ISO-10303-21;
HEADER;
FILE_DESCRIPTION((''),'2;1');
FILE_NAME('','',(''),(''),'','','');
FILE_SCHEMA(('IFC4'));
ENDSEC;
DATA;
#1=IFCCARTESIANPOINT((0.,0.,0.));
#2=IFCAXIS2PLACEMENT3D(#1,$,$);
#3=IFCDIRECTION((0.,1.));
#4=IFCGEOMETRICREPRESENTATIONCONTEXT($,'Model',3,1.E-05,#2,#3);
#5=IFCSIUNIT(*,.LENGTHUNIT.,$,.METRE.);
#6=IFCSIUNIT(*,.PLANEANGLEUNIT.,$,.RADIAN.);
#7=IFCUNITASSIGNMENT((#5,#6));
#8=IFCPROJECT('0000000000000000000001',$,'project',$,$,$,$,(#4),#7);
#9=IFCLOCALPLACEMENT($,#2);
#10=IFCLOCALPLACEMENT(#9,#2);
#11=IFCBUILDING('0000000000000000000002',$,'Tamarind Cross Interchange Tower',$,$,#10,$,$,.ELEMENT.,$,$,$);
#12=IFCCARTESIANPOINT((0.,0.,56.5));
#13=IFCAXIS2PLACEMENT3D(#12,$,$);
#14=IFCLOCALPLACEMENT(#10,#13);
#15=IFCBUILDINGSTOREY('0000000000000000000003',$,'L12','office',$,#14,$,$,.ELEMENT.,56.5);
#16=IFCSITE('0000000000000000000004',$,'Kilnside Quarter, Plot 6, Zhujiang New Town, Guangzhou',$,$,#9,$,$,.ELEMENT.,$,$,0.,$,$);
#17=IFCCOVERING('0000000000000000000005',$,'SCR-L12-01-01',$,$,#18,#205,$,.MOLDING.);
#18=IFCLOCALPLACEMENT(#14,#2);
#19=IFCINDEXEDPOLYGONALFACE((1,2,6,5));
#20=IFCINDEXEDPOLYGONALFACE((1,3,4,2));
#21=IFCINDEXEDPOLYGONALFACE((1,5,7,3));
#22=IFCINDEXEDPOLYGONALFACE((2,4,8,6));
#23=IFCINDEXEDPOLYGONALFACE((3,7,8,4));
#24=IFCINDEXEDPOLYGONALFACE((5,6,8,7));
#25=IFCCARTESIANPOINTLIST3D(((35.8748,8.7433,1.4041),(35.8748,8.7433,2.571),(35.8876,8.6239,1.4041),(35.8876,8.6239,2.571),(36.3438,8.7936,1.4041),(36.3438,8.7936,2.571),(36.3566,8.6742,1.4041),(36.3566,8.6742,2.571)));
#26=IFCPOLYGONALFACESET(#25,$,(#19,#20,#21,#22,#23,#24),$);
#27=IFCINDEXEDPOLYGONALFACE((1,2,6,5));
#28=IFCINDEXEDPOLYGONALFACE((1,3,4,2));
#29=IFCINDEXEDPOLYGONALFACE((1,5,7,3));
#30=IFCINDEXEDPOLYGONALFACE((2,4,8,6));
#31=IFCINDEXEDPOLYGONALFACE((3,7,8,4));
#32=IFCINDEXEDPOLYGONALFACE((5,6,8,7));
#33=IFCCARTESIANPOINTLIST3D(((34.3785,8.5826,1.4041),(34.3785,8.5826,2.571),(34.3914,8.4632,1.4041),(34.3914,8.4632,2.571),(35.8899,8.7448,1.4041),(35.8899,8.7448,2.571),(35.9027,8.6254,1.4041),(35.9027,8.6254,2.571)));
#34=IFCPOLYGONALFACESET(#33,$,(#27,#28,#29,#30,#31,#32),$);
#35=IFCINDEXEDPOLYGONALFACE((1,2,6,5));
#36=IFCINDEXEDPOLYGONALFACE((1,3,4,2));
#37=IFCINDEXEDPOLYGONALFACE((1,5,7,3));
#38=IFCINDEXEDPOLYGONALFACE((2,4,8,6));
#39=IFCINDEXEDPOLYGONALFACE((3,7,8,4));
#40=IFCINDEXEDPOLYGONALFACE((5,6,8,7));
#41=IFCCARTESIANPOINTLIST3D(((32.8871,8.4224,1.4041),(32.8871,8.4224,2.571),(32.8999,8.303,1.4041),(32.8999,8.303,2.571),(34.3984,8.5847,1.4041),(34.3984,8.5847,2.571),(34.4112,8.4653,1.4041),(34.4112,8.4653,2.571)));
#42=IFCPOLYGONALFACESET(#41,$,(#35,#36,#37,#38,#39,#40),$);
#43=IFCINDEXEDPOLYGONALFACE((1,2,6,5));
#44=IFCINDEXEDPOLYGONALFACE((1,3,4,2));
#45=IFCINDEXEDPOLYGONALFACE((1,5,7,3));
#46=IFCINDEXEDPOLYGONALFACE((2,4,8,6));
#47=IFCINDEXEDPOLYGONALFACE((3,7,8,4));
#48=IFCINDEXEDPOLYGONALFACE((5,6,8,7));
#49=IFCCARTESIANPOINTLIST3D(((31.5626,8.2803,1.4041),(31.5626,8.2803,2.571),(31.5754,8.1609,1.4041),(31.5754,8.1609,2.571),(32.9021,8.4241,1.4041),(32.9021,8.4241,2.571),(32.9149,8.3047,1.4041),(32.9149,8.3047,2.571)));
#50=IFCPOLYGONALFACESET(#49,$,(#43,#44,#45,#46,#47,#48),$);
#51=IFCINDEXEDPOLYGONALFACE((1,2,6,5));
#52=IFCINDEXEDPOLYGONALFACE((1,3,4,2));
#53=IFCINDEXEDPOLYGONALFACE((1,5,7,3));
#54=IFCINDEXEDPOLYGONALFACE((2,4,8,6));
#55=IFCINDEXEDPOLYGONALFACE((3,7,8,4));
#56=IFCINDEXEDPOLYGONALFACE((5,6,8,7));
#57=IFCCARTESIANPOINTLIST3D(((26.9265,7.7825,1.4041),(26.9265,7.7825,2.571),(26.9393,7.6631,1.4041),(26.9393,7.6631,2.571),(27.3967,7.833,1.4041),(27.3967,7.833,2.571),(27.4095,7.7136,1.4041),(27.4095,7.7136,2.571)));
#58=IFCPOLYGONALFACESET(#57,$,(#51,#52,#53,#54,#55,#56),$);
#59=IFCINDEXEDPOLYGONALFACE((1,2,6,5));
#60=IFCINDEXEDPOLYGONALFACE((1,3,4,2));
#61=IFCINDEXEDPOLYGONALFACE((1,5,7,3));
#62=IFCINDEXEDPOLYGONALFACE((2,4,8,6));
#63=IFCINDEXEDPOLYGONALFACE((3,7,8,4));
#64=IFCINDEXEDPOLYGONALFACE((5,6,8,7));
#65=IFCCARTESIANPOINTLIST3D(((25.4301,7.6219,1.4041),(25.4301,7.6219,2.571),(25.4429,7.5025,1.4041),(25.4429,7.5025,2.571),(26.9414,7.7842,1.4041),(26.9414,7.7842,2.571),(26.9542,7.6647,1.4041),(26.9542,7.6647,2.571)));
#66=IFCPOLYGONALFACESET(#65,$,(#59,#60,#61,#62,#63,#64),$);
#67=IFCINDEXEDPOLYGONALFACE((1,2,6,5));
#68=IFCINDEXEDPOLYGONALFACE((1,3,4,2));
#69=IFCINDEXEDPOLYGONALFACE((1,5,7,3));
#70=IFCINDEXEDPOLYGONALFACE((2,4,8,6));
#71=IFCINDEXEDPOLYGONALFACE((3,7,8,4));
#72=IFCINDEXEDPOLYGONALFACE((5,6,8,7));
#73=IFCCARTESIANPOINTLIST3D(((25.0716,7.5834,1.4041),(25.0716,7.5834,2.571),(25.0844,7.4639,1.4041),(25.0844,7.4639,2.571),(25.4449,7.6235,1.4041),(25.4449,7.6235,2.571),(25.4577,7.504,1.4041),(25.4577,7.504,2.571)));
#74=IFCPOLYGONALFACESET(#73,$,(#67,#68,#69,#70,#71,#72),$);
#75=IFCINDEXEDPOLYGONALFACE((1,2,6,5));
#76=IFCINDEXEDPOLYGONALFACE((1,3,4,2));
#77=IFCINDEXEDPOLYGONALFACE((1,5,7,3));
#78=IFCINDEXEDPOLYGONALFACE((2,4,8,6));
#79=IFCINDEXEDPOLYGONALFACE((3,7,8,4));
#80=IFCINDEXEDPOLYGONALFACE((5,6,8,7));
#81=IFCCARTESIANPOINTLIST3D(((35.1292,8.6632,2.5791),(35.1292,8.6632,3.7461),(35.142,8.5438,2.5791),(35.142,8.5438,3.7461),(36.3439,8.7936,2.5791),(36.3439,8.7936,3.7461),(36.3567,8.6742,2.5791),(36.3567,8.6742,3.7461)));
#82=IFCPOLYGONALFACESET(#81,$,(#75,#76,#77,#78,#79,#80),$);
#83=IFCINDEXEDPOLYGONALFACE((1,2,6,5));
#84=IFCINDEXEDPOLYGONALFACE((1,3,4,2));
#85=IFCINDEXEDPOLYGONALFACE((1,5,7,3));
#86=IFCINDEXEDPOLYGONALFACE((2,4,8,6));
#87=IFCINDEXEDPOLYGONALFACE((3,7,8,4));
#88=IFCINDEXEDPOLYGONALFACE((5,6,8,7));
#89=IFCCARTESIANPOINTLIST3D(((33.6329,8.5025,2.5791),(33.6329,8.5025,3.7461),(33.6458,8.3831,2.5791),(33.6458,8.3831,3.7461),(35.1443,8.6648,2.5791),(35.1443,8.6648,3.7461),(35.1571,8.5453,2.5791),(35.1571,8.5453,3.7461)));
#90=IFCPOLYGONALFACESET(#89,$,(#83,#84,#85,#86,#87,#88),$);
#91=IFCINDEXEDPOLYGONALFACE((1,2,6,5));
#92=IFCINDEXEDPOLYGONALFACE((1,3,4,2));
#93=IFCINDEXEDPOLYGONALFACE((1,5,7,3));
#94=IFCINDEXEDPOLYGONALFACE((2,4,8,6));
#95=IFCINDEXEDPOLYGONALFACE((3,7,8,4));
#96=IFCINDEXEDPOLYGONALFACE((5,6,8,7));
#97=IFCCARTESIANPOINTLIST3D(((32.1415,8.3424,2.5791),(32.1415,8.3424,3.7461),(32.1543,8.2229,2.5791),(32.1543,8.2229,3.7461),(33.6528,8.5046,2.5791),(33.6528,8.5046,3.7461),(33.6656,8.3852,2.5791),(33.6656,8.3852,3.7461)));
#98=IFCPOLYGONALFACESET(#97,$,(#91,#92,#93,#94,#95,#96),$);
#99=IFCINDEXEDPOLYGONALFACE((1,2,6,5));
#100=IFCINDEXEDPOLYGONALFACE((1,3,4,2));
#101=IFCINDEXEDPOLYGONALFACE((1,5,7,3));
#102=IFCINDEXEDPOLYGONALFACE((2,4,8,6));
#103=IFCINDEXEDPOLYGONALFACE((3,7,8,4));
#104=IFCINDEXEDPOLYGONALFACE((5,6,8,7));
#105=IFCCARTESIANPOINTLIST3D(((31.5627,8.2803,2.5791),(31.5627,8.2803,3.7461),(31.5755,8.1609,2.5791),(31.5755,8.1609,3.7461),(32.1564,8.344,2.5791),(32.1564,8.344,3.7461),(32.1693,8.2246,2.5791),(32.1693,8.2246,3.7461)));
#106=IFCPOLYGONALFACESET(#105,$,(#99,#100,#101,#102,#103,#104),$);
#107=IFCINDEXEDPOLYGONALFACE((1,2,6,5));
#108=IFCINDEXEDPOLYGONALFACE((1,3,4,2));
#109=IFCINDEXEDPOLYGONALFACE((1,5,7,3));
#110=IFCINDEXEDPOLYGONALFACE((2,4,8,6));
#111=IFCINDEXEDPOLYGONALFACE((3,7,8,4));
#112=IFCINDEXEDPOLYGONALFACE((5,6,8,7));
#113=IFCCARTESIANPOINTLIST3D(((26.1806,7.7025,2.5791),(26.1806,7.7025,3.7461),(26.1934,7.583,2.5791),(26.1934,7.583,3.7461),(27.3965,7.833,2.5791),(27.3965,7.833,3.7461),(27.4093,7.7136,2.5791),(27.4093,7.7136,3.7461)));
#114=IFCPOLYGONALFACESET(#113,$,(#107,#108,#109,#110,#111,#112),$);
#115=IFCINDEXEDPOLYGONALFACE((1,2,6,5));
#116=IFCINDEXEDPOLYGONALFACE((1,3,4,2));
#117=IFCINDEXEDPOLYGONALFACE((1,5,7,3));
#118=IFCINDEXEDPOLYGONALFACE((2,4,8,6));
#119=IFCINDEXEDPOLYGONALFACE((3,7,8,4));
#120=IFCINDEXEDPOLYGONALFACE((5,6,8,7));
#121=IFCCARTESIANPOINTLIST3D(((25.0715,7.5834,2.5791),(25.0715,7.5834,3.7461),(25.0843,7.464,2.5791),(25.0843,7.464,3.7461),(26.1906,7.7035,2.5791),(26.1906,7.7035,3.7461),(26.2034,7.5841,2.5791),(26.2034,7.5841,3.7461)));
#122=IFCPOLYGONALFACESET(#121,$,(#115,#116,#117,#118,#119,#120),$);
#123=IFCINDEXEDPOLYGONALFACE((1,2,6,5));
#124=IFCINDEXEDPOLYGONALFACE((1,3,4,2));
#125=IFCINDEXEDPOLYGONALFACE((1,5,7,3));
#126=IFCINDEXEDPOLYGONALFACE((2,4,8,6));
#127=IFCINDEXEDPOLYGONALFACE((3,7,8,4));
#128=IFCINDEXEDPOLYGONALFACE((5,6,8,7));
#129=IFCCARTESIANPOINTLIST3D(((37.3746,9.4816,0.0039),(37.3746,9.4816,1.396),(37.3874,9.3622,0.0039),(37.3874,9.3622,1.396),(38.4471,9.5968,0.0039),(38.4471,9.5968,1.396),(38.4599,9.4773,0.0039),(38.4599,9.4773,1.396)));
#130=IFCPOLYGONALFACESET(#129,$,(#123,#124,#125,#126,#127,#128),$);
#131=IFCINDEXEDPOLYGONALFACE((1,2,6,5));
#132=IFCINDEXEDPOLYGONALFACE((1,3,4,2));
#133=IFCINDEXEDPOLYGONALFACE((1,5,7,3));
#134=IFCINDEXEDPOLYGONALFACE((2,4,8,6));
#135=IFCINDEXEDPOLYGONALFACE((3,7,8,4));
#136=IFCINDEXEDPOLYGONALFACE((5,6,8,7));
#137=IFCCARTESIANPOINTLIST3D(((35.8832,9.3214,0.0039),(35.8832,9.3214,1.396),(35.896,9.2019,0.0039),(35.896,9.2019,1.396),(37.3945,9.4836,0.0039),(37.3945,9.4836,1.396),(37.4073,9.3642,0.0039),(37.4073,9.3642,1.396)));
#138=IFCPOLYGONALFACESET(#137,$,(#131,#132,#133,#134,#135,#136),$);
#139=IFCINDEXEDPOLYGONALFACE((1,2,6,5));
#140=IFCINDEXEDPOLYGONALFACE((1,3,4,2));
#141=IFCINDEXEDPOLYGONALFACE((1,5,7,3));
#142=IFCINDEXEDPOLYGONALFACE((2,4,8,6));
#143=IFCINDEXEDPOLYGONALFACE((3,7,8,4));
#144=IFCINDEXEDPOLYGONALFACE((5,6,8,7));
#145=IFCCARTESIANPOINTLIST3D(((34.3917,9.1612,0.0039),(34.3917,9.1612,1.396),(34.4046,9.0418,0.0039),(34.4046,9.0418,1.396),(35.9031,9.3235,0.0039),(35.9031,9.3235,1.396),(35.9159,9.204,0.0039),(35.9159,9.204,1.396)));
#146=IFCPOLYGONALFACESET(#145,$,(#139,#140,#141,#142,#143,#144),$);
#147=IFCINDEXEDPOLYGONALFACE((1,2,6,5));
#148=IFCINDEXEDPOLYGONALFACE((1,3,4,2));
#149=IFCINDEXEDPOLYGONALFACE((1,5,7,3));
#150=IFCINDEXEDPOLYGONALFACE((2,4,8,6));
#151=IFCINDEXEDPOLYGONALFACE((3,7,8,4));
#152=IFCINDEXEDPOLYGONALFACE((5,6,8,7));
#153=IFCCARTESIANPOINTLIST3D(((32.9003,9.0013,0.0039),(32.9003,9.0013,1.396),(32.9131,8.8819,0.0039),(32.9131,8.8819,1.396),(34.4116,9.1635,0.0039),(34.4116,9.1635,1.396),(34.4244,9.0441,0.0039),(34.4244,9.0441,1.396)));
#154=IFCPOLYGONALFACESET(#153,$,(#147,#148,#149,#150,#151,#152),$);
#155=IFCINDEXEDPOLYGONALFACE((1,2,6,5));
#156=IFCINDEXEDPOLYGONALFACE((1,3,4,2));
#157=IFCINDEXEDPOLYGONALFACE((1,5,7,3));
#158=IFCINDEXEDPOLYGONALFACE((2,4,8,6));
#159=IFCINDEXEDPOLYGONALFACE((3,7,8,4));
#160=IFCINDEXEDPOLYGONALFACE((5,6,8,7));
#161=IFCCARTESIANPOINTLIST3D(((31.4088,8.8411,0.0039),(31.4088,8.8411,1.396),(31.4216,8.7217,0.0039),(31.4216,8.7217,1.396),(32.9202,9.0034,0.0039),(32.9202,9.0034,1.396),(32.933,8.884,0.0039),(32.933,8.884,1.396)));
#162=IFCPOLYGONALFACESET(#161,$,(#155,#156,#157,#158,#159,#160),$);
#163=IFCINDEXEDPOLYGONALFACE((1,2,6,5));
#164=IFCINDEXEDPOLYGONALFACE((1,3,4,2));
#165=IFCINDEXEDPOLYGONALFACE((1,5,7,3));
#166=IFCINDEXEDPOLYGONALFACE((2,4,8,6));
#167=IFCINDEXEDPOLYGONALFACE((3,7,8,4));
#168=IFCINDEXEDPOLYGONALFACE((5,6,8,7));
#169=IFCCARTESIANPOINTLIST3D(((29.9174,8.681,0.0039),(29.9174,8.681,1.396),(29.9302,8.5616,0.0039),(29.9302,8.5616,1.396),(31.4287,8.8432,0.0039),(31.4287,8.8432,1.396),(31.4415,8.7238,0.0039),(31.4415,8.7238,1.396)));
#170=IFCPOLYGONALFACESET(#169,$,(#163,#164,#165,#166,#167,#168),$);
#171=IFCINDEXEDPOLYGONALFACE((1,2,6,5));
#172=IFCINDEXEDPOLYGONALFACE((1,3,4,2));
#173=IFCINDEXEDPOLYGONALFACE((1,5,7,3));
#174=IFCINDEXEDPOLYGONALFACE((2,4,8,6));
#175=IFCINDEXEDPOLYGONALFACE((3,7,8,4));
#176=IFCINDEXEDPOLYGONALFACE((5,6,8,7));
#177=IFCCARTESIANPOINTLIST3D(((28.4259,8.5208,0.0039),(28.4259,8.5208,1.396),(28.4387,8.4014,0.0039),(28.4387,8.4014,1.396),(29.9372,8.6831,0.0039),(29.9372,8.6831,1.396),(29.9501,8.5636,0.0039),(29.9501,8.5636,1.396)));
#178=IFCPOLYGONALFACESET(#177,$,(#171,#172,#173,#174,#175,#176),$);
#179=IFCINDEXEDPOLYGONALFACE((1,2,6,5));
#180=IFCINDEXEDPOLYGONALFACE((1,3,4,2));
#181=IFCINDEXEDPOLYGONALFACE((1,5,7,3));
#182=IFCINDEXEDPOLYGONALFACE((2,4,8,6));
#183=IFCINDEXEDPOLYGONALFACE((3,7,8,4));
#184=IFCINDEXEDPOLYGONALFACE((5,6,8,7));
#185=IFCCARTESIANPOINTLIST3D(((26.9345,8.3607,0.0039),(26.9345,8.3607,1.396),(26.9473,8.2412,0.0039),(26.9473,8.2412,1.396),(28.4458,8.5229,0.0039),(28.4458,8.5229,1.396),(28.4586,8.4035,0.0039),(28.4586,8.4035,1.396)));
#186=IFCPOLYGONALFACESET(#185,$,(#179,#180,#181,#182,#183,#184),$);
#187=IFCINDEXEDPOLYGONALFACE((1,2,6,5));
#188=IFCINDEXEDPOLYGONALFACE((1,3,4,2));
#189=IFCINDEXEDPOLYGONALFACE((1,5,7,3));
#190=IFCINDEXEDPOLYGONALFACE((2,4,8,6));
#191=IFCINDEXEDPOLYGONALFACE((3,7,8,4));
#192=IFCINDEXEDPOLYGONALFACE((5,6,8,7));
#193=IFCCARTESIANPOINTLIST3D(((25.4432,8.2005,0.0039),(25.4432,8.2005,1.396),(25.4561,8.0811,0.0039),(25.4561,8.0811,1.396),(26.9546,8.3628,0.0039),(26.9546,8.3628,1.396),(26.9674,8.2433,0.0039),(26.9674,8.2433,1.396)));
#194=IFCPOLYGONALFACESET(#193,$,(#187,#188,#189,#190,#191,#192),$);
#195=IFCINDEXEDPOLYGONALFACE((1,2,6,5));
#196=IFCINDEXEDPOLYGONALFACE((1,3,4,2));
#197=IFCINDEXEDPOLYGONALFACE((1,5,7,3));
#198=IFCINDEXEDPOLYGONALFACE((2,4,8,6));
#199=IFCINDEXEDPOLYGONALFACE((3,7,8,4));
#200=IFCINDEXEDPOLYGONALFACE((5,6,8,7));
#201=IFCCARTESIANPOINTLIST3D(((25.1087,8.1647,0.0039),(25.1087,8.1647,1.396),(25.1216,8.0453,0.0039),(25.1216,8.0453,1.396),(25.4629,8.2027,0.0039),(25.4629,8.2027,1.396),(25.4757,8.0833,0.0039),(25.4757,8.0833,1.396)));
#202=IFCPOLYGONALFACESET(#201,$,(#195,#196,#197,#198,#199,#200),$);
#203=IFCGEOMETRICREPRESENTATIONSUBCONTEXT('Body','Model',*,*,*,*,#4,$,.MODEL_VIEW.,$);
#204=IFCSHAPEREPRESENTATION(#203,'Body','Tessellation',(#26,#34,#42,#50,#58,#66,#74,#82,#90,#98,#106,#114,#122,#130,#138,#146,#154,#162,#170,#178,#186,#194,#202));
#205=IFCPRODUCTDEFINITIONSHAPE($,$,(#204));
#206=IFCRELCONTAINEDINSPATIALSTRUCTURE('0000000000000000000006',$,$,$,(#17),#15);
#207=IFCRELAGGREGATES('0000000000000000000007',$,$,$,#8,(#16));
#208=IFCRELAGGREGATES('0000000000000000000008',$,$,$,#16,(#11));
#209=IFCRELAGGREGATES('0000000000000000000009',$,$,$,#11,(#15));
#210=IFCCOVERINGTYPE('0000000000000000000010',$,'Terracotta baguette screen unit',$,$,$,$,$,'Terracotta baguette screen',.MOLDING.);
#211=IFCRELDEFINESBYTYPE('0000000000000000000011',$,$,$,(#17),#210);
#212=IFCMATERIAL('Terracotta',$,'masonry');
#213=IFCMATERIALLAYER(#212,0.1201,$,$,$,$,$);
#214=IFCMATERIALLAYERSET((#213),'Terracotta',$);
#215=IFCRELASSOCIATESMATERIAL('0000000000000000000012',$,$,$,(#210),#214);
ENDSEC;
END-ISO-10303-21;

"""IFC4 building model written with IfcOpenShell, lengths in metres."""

from ifc_helpers import new_model, si_unit, direction, frame, origin, origin_2d, place, context, subcontext, project, spatial, rectangle, extrude, material, layer, layer_set, type_object, element, save


model = new_model("IFC4")

# Units and contexts
model_context = context("Model", 3, precision=1e-05, world=origin(), true_north=direction((0.0, 1.0)))
body_context = subcontext(model_context, "Body", "Model", "MODEL_VIEW")
ifc_project = project(units=[si_unit("LENGTHUNIT", "METRE"), si_unit("PLANEANGLEUNIT", "RADIAN")], contexts=[model_context])

# Site, building, storey
site_placement = place(None, origin())
site = spatial("IfcSite", under=ifc_project, at=site_placement, Name="Kilnside Quarter, Plot 6, Zhujiang New Town, Guangzhou", CompositionType="ELEMENT", RefElevation=0.0)
building_placement = place(site_placement, origin())
building = spatial("IfcBuilding", under=site, at=building_placement, Name="Tamarind Cross Interchange Tower", CompositionType="ELEMENT")
storey_placement = place(building_placement, frame((0.0, 0.0, 56.5)))
storey = spatial("IfcBuildingStorey", under=building, at=storey_placement, Name="L12", Description="office", CompositionType="ELEMENT", Elevation=56.5)

# Covering
ifc_material_1 = material(Name="Terracotta", Category="masonry")
ifc_layer_1 = layer(ifc_material_1, 0.1201)
ifc_layer_set_1 = layer_set([ifc_layer_1], Name="Terracotta")
covering_type = type_object("IfcCoveringType", Name="Terracotta baguette screen unit", ElementType="Terracotta baguette screen", PredefinedType="MOLDING", material=ifc_layer_set_1)
covering_1_placement = place(storey_placement, origin())
element("IfcCovering", 1, at=covering_1_placement, inside=storey, type_object=covering_type, Name="SCR-L12-01-01", PredefinedType="MOLDING", context=body_context, shape_type="SweptSolid", body=[
    extrude(rectangle(XDim=0.4717, YDim=0.1201, at=origin_2d()), frame((36.1157, 8.7087, 1.4041), z_axis=(0.0, 0.0, 1.0), x_axis=(-0.994287, -0.106744, 0.0)), (0.0, 0.0, 1.0), 1.167),
    extrude(rectangle(XDim=1.52, YDim=0.1201, at=origin_2d()), frame((35.1406, 8.604, 1.4041), z_axis=(0.0, 0.0, 1.0), x_axis=(-0.994287, -0.106744, 0.0)), (0.0, 0.0, 1.0), 1.167),
    extrude(rectangle(XDim=1.52, YDim=0.1201, at=origin_2d()), frame((33.6492, 8.4438, 1.4041), z_axis=(0.0, 0.0, 1.0), x_axis=(-0.994287, -0.106744, 0.0)), (0.0, 0.0, 1.0), 1.167),
    extrude(rectangle(XDim=1.3472, YDim=0.1201, at=origin_2d()), frame((32.2388, 8.2925, 1.4041), z_axis=(0.0, 0.0, 1.0), x_axis=(-0.994287, -0.106744, 0.0)), (0.0, 0.0, 1.0), 1.167),
    extrude(rectangle(XDim=0.4729, YDim=0.1201, at=origin_2d()), frame((27.168, 7.748, 1.4041), z_axis=(0.0, 0.0, 1.0), x_axis=(-0.994287, -0.106744, 0.0)), (0.0, 0.0, 1.0), 1.167),
    extrude(rectangle(XDim=1.52, YDim=0.1201, at=origin_2d()), frame((26.1921, 7.6433, 1.4041), z_axis=(0.0, 0.0, 1.0), x_axis=(-0.994287, -0.106744, 0.0)), (0.0, 0.0, 1.0), 1.167),
    extrude(rectangle(XDim=0.3755, YDim=0.1201, at=origin_2d()), frame((25.2646, 7.5437, 1.4041), z_axis=(0.0, 0.0, 1.0), x_axis=(-0.994287, -0.106744, 0.0)), (0.0, 0.0, 1.0), 1.167),
    extrude(rectangle(XDim=1.2217, YDim=0.1201, at=origin_2d()), frame((35.7429, 8.6687, 2.5791), z_axis=(0.0, 0.0, 1.0), x_axis=(-0.994287, -0.106744, 0.0)), (0.0, 0.0, 1.0), 1.167),
    extrude(rectangle(XDim=1.52, YDim=0.1201, at=origin_2d()), frame((34.395, 8.5239, 2.5791), z_axis=(0.0, 0.0, 1.0), x_axis=(-0.994287, -0.106744, 0.0)), (0.0, 0.0, 1.0), 1.167),
    extrude(rectangle(XDim=1.52, YDim=0.1201, at=origin_2d()), frame((32.9036, 8.3638, 2.5791), z_axis=(0.0, 0.0, 1.0), x_axis=(-0.994287, -0.106744, 0.0)), (0.0, 0.0, 1.0), 1.167),
    extrude(rectangle(XDim=0.5972, YDim=0.1201, at=origin_2d()), frame((31.866, 8.2524, 2.5791), z_axis=(0.0, 0.0, 1.0), x_axis=(-0.994287, -0.106744, 0.0)), (0.0, 0.0, 1.0), 1.167),
    extrude(rectangle(XDim=1.2229, YDim=0.1201, at=origin_2d()), frame((26.7949, 7.708, 2.5791), z_axis=(0.0, 0.0, 1.0), x_axis=(-0.994287, -0.106744, 0.0)), (0.0, 0.0, 1.0), 1.167),
    extrude(rectangle(XDim=1.1255, YDim=0.1201, at=origin_2d()), frame((25.6375, 7.5837, 2.5791), z_axis=(0.0, 0.0, 1.0), x_axis=(-0.994287, -0.106744, 0.0)), (0.0, 0.0, 1.0), 1.167),
    extrude(rectangle(XDim=1.0786, YDim=0.1201, at=origin_2d()), frame((37.9172, 9.4795, 0.0039), z_axis=(0.0, 0.0, 1.0), x_axis=(-0.994287, -0.106744, 0.0)), (0.0, 0.0, 1.0), 1.3921),
    extrude(rectangle(XDim=1.52, YDim=0.1201, at=origin_2d()), frame((36.6453, 9.3428, 0.0039), z_axis=(0.0, 0.0, 1.0), x_axis=(-0.994287, -0.106744, 0.0)), (0.0, 0.0, 1.0), 1.3921),
    extrude(rectangle(XDim=1.52, YDim=0.1201, at=origin_2d()), frame((35.1538, 9.1826, 0.0039), z_axis=(0.0, 0.0, 1.0), x_axis=(-0.994287, -0.106744, 0.0)), (0.0, 0.0, 1.0), 1.3921),
    extrude(rectangle(XDim=1.52, YDim=0.1201, at=origin_2d()), frame((33.6624, 9.0227, 0.0039), z_axis=(0.0, 0.0, 1.0), x_axis=(-0.994287, -0.106744, 0.0)), (0.0, 0.0, 1.0), 1.3921),
    extrude(rectangle(XDim=1.52, YDim=0.1201, at=origin_2d()), frame((32.1709, 8.8625, 0.0039), z_axis=(0.0, 0.0, 1.0), x_axis=(-0.994287, -0.106744, 0.0)), (0.0, 0.0, 1.0), 1.3921),
    extrude(rectangle(XDim=1.52, YDim=0.1201, at=origin_2d()), frame((30.6794, 8.7024, 0.0039), z_axis=(0.0, 0.0, 1.0), x_axis=(-0.994287, -0.106744, 0.0)), (0.0, 0.0, 1.0), 1.3921),
    extrude(rectangle(XDim=1.52, YDim=0.1201, at=origin_2d()), frame((29.188, 8.5422, 0.0039), z_axis=(0.0, 0.0, 1.0), x_axis=(-0.994287, -0.106744, 0.0)), (0.0, 0.0, 1.0), 1.3921),
    extrude(rectangle(XDim=1.52, YDim=0.1201, at=origin_2d()), frame((27.6965, 8.3821, 0.0039), z_axis=(0.0, 0.0, 1.0), x_axis=(-0.994287, -0.106744, 0.0)), (0.0, 0.0, 1.0), 1.3921),
    extrude(rectangle(XDim=1.52, YDim=0.1201, at=origin_2d()), frame((26.2053, 8.2219, 0.0039), z_axis=(0.0, 0.0, 1.0), x_axis=(-0.994287, -0.106744, 0.0)), (0.0, 0.0, 1.0), 1.3921),
    extrude(rectangle(XDim=0.3562, YDim=0.1201, at=origin_2d()), frame((25.2922, 8.124, 0.0039), z_axis=(0.0, 0.0, 1.0), x_axis=(-0.994287, -0.106744, 0.0)), (0.0, 0.0, 1.0), 1.3921),
])

save(model, "model.ifc")
